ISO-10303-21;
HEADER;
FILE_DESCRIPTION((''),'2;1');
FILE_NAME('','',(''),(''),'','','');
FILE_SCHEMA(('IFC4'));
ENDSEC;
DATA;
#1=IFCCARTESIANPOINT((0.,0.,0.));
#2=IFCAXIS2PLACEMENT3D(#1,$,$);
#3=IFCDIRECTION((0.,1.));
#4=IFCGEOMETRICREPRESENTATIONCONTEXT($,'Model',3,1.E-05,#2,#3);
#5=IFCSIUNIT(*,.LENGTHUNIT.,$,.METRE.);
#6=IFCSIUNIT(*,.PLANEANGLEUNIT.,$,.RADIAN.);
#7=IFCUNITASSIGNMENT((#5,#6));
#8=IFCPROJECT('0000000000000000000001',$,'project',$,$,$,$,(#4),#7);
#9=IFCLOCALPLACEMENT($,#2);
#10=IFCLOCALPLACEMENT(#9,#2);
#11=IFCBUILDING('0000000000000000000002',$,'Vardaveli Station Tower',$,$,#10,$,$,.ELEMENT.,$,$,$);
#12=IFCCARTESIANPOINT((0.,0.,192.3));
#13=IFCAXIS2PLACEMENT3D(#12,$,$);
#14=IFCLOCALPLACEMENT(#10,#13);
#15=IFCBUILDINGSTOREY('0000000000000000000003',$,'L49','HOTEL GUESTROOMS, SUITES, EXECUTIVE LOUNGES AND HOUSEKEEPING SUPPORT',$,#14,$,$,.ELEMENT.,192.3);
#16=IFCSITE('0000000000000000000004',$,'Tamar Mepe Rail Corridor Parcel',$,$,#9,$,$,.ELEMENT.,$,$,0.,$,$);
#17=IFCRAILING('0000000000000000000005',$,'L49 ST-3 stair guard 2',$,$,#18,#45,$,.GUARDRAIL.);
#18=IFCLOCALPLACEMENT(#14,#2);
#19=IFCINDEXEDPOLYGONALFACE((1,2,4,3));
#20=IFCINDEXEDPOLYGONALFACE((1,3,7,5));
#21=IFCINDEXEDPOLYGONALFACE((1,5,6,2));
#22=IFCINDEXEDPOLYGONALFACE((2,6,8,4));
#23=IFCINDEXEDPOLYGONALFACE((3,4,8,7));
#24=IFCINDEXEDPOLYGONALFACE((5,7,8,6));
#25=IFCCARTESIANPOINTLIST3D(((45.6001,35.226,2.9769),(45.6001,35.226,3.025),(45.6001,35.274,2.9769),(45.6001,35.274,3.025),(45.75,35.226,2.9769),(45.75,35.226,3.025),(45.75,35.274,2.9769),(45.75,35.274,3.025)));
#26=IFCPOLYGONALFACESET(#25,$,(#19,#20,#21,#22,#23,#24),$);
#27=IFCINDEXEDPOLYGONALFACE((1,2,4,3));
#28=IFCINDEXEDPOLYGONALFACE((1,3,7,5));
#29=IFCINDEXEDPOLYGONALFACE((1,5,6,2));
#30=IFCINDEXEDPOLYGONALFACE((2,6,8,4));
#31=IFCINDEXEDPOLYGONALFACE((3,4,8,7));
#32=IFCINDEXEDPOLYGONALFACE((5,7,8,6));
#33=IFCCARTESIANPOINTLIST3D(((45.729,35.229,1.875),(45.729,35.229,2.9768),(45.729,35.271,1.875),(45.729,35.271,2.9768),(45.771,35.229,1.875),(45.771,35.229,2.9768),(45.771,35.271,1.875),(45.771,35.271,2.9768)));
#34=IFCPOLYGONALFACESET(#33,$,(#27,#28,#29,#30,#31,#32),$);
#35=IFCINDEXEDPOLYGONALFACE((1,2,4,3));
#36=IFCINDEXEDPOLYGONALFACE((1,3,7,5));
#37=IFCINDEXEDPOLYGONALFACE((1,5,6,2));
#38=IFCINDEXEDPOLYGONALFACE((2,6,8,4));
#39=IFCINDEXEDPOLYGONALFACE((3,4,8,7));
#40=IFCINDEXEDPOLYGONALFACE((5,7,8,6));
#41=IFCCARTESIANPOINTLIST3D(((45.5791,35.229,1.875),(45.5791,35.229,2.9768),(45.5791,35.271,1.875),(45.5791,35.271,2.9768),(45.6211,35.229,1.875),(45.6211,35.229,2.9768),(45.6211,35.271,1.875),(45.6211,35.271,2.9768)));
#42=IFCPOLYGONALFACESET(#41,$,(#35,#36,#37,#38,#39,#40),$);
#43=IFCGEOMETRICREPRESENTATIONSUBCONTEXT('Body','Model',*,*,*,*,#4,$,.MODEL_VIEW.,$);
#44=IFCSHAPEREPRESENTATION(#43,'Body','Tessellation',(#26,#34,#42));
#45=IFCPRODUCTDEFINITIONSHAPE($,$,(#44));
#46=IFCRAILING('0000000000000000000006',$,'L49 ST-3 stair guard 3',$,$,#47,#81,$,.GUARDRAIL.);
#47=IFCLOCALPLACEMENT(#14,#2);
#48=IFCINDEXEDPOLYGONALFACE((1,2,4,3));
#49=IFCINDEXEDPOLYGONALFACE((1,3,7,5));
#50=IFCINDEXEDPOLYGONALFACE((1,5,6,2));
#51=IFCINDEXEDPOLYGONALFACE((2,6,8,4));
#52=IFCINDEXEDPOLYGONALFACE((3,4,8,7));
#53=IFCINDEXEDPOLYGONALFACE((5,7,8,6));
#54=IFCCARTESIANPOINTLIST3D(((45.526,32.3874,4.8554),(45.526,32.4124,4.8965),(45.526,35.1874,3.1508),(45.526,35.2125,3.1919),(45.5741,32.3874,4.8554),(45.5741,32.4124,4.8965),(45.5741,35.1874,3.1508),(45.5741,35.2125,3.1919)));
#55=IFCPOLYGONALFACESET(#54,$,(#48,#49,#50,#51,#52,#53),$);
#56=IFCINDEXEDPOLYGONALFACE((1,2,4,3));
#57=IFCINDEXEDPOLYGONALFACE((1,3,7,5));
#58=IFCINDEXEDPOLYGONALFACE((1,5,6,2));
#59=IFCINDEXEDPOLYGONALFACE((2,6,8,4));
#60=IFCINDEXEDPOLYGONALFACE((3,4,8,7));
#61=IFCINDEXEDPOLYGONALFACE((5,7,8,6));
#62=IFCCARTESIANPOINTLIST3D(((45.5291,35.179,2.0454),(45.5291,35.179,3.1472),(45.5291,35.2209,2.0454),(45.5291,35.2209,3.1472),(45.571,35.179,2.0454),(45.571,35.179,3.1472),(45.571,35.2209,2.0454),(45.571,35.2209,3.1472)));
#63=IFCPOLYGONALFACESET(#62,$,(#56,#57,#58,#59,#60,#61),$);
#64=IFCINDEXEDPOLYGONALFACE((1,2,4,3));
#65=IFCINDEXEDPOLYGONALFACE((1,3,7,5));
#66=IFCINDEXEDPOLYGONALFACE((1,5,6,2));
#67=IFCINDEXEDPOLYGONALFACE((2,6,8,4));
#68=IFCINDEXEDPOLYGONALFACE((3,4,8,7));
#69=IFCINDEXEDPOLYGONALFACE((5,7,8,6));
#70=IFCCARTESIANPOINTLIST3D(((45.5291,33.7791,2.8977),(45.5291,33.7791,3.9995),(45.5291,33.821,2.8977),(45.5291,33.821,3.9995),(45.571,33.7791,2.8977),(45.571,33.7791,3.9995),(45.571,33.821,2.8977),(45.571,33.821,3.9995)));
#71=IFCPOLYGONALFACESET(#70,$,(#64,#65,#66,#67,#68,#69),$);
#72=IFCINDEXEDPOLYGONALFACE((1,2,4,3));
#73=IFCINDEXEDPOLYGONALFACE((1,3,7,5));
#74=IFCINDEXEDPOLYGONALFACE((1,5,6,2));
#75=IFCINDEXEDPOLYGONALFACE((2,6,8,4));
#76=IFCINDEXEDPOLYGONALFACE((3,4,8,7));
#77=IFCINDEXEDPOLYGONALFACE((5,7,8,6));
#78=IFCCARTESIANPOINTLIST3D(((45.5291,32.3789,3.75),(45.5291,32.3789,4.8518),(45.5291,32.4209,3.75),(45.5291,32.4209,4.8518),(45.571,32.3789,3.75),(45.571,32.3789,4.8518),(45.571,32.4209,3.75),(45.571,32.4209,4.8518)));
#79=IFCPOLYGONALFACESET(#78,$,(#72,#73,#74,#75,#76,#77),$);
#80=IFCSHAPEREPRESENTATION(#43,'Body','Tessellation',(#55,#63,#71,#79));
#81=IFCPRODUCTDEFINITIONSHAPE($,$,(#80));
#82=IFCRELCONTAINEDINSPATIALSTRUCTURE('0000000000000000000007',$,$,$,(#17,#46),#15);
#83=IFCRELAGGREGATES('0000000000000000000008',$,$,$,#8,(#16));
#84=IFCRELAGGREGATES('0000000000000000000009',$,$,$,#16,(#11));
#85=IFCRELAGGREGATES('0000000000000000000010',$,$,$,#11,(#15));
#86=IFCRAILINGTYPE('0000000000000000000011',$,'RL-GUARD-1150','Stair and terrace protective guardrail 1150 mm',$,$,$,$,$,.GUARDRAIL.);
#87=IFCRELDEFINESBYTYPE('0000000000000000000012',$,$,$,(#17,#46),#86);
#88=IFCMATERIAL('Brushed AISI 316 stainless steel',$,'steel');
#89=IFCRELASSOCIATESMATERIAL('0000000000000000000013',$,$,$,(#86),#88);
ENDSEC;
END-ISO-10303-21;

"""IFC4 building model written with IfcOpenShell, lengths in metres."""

from ifc_helpers import new_model, si_unit, direction, frame, origin, origin_2d, place, context, subcontext, project, spatial, rectangle, extrude, source, transform, mapped, material, type_object, element, save


model = new_model("IFC4")

# Units and contexts
model_context = context("Model", 3, precision=1e-05, world=origin(), true_north=direction((0.0, 1.0)))
body_context = subcontext(model_context, "Body", "Model", "MODEL_VIEW")
ifc_project = project(units=[si_unit("LENGTHUNIT", "METRE"), si_unit("PLANEANGLEUNIT", "RADIAN")], contexts=[model_context])

# Site, building, storey
site_placement = place(None, origin())
site = spatial("IfcSite", under=ifc_project, at=site_placement, Name="Tamar Mepe Rail Corridor Parcel", CompositionType="ELEMENT", RefElevation=0.0)
building_placement = place(site_placement, origin())
building = spatial("IfcBuilding", under=site, at=building_placement, Name="Vardaveli Station Tower", CompositionType="ELEMENT")
storey_placement = place(building_placement, frame((0.0, 0.0, 192.3)))
storey = spatial("IfcBuildingStorey", under=building, at=storey_placement, Name="L49", Description="HOTEL GUESTROOMS, SUITES, EXECUTIVE LOUNGES AND HOUSEKEEPING SUPPORT", CompositionType="ELEMENT", Elevation=192.3)

# Railings
ifc_material_1 = material(Name="Brushed AISI 316 stainless steel", Category="steel")
railing_type = type_object("IfcRailingType", Name="RL-GUARD-1150", Description="Stair and terrace protective guardrail 1150 mm", PredefinedType="GUARDRAIL", material=ifc_material_1)
shared_shape_1 = source(origin(), body_context, "Body", "SweptSolid", [
    extrude(rectangle(XDim=0.0481, YDim=0.0481, at=origin_2d()), frame((0.0, 0.0, 1.126), z_axis=(-1.0, 0.0, 0.0), x_axis=(0.0, -1.0, 0.0)), (0.0, 0.0, 1.0), 0.1499),
    extrude(rectangle(XDim=0.042, YDim=0.042, at=origin_2d()), origin(), (0.0, 0.0, 1.0), 1.1018),
    extrude(rectangle(XDim=0.042, YDim=0.042, at=origin_2d()), frame((-0.1499, 0.0, 0.0)), (0.0, 0.0, 1.0), 1.1018),
])
railing_1_placement = place(storey_placement, frame((45.75, 35.25, 1.875)))
element("IfcRailing", 1, at=railing_1_placement, inside=storey, type_object=railing_type, Name="L49 ST-3 stair guard 2", PredefinedType="GUARDRAIL", context=body_context, shape_type="MappedRepresentation", body=[
    mapped(shared_shape_1, transform((0.0, 0.0, 0.0), scale=1.0)),
])
shared_shape_2 = source(origin(), body_context, "Body", "SweptSolid", [
    extrude(rectangle(XDim=0.0481, YDim=0.0481, at=origin_2d()), frame((0.0, 0.0, 1.126), z_axis=(0.0, -0.85417, 0.519994), x_axis=(1.0, 0.0, 0.0)), (0.0, 0.0, 1.0), 3.2781),
    extrude(rectangle(XDim=0.042, YDim=0.042, at=origin_2d()), origin(), (0.0, 0.0, 1.0), 1.1018),
    extrude(rectangle(XDim=0.042, YDim=0.042, at=origin_2d()), frame((0.0, -1.3999, 0.8523)), (0.0, 0.0, 1.0), 1.1018),
    extrude(rectangle(XDim=0.042, YDim=0.042, at=origin_2d()), frame((0.0, -2.8, 1.7046)), (0.0, 0.0, 1.0), 1.1018),
])
railing_2_placement = place(storey_placement, frame((45.55, 35.2, 2.0454)))
element("IfcRailing", 2, at=railing_2_placement, inside=storey, type_object=railing_type, Name="L49 ST-3 stair guard 3", PredefinedType="GUARDRAIL", context=body_context, shape_type="MappedRepresentation", body=[
    mapped(shared_shape_2, transform((0.0, 0.0, 0.0), scale=1.0)),
])

save(model, "model.ifc")
